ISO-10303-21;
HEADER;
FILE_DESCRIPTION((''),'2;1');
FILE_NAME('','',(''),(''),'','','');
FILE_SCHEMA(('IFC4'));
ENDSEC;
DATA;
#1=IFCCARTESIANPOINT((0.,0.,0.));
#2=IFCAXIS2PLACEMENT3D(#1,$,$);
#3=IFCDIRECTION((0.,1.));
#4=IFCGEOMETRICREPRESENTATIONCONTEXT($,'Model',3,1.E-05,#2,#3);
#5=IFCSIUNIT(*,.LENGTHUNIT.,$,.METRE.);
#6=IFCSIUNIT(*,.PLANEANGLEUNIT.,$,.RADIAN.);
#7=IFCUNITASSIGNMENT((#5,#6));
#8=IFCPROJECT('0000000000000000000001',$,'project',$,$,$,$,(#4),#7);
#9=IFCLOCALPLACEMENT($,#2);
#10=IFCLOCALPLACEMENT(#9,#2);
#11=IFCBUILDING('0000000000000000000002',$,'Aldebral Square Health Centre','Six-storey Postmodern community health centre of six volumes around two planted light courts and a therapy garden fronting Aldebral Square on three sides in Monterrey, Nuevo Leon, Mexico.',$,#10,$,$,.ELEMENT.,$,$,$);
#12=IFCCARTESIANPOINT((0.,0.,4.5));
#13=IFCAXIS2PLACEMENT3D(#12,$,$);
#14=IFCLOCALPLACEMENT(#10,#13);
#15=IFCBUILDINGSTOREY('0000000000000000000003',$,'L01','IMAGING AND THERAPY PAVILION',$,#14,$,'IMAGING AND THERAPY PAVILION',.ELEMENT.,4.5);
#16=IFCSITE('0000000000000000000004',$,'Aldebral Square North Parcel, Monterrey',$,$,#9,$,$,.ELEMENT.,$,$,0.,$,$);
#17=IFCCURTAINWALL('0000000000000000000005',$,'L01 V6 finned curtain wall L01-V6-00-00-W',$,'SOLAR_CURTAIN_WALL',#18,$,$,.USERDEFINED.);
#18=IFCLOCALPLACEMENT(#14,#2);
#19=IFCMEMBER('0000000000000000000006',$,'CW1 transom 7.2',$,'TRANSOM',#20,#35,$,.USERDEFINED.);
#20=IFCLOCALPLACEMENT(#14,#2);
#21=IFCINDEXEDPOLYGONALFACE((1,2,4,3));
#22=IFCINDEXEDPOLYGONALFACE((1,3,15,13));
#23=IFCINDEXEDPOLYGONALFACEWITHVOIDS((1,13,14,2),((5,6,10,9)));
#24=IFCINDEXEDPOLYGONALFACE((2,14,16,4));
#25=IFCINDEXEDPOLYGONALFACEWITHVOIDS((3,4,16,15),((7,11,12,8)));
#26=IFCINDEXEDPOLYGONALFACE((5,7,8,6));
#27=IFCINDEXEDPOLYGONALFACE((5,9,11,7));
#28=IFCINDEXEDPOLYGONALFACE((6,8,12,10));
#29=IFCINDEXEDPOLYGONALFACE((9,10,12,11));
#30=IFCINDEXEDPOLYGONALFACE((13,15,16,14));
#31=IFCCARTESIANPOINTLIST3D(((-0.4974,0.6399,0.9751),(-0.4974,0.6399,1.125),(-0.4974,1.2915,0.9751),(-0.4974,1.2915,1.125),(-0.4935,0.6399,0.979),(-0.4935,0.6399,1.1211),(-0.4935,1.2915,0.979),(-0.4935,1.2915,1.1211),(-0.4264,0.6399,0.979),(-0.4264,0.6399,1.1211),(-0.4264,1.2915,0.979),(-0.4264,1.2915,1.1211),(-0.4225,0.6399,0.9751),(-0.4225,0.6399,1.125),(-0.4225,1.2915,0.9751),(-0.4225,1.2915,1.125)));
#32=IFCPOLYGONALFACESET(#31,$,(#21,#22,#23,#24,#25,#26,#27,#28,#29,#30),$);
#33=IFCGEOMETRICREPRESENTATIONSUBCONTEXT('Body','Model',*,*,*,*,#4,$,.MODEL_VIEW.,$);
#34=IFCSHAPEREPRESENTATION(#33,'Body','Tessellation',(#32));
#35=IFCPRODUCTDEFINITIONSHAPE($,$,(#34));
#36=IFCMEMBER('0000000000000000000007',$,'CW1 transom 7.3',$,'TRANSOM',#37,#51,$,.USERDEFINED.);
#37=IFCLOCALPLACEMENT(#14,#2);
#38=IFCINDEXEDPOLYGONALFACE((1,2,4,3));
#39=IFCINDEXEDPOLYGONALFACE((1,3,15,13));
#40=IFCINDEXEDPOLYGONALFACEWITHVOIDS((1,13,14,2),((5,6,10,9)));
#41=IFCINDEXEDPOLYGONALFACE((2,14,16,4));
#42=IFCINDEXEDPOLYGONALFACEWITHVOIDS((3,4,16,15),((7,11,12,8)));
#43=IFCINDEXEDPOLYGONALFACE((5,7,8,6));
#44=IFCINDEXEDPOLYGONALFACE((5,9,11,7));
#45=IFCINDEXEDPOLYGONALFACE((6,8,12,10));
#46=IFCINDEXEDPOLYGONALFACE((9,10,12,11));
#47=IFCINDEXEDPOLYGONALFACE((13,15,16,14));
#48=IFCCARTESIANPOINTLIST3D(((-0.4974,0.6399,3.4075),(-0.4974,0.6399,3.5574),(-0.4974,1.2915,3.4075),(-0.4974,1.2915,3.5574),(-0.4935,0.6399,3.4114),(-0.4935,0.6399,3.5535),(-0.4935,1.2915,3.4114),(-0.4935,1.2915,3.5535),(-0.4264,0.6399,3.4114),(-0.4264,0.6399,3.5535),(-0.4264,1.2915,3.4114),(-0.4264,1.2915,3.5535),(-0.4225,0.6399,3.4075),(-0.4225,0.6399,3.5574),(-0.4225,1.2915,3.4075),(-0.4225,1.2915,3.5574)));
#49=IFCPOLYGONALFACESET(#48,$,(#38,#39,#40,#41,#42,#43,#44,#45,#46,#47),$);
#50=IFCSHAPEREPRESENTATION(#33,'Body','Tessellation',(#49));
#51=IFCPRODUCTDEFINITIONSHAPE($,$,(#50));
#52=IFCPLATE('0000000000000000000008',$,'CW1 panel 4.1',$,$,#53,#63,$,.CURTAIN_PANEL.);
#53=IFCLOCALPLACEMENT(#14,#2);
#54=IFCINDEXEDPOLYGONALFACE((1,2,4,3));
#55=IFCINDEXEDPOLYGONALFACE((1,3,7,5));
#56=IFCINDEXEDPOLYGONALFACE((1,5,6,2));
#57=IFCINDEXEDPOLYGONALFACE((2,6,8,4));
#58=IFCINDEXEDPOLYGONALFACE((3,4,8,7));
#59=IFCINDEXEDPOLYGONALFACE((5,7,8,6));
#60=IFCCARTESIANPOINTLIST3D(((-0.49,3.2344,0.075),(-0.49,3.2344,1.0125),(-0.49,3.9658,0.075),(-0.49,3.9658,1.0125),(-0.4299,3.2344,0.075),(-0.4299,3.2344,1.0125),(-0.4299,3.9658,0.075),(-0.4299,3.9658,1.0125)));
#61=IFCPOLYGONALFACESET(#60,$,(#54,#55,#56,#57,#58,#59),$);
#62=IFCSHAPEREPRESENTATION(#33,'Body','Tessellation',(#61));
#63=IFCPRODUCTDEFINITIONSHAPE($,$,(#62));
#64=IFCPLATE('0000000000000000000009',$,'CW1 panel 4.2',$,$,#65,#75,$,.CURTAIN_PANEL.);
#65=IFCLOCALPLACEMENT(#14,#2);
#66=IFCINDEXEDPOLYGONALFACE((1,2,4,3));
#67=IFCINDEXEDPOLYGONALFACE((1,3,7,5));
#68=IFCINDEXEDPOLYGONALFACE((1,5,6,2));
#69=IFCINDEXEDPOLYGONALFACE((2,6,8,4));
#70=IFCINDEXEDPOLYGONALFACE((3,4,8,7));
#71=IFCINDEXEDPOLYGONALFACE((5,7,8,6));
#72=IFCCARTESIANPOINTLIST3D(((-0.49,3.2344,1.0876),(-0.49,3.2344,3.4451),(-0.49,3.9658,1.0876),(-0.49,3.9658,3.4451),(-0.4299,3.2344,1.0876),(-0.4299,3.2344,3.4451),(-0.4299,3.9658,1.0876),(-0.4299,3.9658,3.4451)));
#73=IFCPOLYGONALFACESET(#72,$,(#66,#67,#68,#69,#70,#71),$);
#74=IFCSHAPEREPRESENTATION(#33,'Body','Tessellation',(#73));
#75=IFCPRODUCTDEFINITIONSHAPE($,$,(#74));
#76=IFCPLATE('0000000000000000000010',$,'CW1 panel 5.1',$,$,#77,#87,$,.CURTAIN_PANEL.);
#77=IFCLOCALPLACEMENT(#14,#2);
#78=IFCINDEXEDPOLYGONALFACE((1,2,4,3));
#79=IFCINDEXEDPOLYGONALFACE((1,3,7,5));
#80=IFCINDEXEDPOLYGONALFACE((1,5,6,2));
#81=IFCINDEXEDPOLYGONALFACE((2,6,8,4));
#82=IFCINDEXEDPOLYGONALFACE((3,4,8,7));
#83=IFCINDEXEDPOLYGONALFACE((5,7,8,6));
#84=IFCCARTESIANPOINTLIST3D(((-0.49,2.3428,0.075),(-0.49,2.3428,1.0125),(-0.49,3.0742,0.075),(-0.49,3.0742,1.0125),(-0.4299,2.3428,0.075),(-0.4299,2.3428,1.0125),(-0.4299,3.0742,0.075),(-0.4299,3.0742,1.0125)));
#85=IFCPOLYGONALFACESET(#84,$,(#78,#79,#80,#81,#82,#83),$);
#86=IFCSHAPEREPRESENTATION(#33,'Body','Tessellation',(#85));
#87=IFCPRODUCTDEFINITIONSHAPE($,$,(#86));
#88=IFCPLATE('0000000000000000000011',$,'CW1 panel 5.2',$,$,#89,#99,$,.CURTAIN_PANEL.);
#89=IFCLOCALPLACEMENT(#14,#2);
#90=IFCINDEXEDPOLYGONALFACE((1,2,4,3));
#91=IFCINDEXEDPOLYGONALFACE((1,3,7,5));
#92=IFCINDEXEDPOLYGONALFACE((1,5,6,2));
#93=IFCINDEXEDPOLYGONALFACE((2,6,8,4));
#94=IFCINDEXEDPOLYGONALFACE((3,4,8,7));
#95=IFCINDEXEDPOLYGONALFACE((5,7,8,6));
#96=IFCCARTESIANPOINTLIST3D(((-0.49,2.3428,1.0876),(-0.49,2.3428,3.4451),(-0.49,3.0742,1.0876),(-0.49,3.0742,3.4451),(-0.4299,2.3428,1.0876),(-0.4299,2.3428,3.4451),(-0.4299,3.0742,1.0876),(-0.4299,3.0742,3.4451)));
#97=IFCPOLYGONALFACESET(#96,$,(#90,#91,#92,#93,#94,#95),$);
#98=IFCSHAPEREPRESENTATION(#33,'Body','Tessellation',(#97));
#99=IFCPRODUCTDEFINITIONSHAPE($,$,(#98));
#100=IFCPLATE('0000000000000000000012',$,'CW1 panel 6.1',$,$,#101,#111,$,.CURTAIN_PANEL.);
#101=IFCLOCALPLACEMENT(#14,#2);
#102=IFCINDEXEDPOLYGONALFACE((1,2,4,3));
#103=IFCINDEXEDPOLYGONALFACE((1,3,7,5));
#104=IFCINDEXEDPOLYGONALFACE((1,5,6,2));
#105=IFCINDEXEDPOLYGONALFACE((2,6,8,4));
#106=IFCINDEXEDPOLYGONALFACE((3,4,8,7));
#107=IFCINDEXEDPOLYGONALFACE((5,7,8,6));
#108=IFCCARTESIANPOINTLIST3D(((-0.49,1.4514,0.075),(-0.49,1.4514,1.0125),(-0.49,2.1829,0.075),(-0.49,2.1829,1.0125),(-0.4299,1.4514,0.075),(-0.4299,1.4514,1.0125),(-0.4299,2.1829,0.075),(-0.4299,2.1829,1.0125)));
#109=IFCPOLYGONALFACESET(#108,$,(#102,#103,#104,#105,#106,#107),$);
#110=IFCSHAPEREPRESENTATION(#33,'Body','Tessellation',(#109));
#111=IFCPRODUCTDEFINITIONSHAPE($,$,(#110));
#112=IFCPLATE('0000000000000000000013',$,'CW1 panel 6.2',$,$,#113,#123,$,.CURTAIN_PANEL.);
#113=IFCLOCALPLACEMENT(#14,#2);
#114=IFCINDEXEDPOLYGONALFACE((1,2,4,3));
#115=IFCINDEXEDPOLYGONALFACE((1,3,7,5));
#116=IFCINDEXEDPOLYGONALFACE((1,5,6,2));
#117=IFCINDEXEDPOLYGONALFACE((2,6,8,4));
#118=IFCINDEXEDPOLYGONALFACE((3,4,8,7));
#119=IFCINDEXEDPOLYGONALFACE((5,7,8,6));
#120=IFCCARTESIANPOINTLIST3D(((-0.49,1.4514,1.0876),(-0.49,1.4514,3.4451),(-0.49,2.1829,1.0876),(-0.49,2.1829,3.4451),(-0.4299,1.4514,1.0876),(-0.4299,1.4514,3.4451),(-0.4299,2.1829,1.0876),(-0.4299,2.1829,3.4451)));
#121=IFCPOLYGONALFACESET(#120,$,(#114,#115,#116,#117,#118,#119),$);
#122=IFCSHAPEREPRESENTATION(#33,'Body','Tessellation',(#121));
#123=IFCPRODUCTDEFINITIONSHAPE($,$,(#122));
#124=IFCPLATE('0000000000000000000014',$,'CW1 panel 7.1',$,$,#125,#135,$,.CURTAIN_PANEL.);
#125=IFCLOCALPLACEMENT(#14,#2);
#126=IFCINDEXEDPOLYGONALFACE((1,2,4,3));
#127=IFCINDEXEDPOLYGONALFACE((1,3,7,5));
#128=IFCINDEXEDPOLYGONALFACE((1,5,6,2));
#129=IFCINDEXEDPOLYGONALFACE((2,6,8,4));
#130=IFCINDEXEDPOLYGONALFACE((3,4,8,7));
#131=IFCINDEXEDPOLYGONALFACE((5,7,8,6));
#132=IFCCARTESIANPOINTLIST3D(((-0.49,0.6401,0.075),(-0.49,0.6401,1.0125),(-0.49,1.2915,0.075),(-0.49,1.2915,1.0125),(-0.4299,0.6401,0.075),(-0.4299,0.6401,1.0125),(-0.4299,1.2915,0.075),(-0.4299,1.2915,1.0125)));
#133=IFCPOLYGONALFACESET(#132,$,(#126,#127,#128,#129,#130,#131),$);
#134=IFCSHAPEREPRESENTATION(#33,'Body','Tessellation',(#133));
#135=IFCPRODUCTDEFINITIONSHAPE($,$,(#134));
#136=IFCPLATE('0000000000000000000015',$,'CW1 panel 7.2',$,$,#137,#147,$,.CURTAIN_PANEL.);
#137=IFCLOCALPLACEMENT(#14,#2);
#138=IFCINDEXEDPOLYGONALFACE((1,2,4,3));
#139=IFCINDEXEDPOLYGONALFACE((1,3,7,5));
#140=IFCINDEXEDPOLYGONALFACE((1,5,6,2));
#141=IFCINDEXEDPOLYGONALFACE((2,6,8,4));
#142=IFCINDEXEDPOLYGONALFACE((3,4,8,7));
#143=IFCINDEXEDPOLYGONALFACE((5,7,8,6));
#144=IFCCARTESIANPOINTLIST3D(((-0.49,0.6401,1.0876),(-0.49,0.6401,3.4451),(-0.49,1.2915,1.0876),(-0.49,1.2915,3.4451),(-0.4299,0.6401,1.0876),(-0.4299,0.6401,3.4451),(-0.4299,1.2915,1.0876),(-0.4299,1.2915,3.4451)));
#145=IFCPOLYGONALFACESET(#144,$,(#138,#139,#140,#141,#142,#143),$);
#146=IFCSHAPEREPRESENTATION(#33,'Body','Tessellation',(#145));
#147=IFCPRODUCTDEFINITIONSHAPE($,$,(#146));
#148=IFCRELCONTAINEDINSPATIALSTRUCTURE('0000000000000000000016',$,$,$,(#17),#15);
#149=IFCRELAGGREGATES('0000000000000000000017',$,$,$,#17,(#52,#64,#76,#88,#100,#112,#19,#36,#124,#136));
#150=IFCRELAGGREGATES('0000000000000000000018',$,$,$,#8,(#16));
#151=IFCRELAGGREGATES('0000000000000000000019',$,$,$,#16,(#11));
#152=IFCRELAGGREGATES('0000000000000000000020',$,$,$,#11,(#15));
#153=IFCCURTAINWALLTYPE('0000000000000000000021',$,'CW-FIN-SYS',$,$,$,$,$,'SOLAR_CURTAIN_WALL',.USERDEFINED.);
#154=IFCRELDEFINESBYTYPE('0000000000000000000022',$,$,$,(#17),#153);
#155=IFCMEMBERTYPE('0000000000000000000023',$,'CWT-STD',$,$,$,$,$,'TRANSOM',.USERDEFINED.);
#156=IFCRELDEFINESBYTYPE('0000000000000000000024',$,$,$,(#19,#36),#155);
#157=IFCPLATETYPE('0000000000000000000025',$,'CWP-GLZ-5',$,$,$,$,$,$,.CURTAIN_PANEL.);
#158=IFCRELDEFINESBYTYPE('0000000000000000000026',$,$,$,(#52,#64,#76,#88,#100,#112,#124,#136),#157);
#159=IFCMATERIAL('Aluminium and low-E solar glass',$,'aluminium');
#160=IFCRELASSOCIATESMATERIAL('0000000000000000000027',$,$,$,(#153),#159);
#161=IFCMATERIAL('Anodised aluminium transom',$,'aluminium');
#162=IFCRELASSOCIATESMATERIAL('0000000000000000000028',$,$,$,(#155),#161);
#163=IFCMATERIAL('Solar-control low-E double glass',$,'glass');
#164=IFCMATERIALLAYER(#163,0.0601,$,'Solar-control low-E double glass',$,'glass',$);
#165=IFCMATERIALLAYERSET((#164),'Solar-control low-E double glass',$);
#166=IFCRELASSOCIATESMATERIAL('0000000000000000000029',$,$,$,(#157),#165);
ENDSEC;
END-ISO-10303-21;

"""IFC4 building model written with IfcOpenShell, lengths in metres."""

from ifc_helpers import new_model, si_unit, direction, frame, origin, origin_2d, place, context, subcontext, project, spatial, rectangle, hollow_rectangle, extrude, material, layer, layer_set, material_profile, profile_set, type_object, element, aggregate, save


model = new_model("IFC4")

# Units and contexts
model_context = context("Model", 3, precision=1e-05, world=origin(), true_north=direction((0.0, 1.0)))
body_context = subcontext(model_context, "Body", "Model", "MODEL_VIEW")
ifc_project = project(units=[si_unit("LENGTHUNIT", "METRE"), si_unit("PLANEANGLEUNIT", "RADIAN")], contexts=[model_context])

# Site, building, storey
site_placement = place(None, origin())
site = spatial("IfcSite", under=ifc_project, at=site_placement, Name="Aldebral Square North Parcel, Monterrey", CompositionType="ELEMENT", RefElevation=0.0)
building_placement = place(site_placement, origin())
building = spatial("IfcBuilding", under=site, at=building_placement, Name="Aldebral Square Health Centre", Description="Six-storey Postmodern community health centre of six volumes around two planted light courts and a therapy garden fronting Aldebral Square on three sides in Monterrey, Nuevo Leon, Mexico.", CompositionType="ELEMENT")
storey_placement = place(building_placement, frame((0.0, 0.0, 4.5)))
storey = spatial("IfcBuildingStorey", under=building, at=storey_placement, Name="L01", Description="IMAGING AND THERAPY PAVILION", LongName="IMAGING AND THERAPY PAVILION", CompositionType="ELEMENT", Elevation=4.5)

# Curtain wall, members, plates
ifc_material_1 = material(Name="Aluminium and low-E solar glass", Category="aluminium")
curtain_wall_type = type_object("IfcCurtainWallType", Name="CW-FIN-SYS", ElementType="SOLAR_CURTAIN_WALL", PredefinedType="USERDEFINED", material=ifc_material_1)
curtain_wall_placement = place(storey_placement, origin())
curtain_wall = element("IfcCurtainWall", 1, at=curtain_wall_placement, inside=storey, type_object=curtain_wall_type, Name="L01 V6 finned curtain wall L01-V6-00-00-W", ObjectType="SOLAR_CURTAIN_WALL", PredefinedType="USERDEFINED")
ifc_material_2 = material(Name="Anodised aluminium transom", Category="aluminium")
ifc_material_profile_1 = material_profile(ifc_material_2, hollow_rectangle(XDim=0.075, YDim=0.1499, WallThickness=0.0039, at=origin_2d()), Name="CWT 75x150x4")
ifc_profile_set_1 = profile_set([ifc_material_profile_1], Name="Anodised aluminium transom")
member_type_1 = type_object("IfcMemberType", Name="CWT-STD", ElementType="TRANSOM", PredefinedType="USERDEFINED", material=ifc_profile_set_1)
member_1_placement = place(storey_placement, frame((-0.46, 1.2915, 1.05), z_axis=(0.0, -1.0, 0.0), x_axis=(1.0, 0.0, 0.0)))
member_1 = element("IfcMember", 2, at=member_1_placement, type_object=member_type_1, Name="CW1 transom 7.2", ObjectType="TRANSOM", PredefinedType="USERDEFINED", context=body_context, shape_type="SweptSolid", body=[
    extrude(hollow_rectangle(XDim=0.075, YDim=0.1499, WallThickness=0.0039, at=origin_2d()), origin(), (0.0, 0.0, 1.0), 0.6516),
])
member_2_placement = place(storey_placement, frame((-0.46, 1.2915, 3.4824), z_axis=(0.0, -1.0, 0.0), x_axis=(1.0, 0.0, 0.0)))
member_2 = element("IfcMember", 3, at=member_2_placement, type_object=member_type_1, Name="CW1 transom 7.3", ObjectType="TRANSOM", PredefinedType="USERDEFINED", context=body_context, shape_type="SweptSolid", body=[
    extrude(hollow_rectangle(XDim=0.075, YDim=0.1499, WallThickness=0.0039, at=origin_2d()), origin(), (0.0, 0.0, 1.0), 0.6516),
])
ifc_material_3 = material(Name="Solar-control low-E double glass", Category="glass")
ifc_layer = layer(ifc_material_3, 0.0601, Name="Solar-control low-E double glass", Category="glass")
ifc_layer_set = layer_set([ifc_layer], Name="Solar-control low-E double glass")
plate_type = type_object("IfcPlateType", Name="CWP-GLZ-5", PredefinedType="CURTAIN_PANEL", material=ifc_layer_set)
plate_1_placement = place(storey_placement, frame((-0.46, 3.6001, 0.075), z_axis=(0.0, 0.0, 1.0), x_axis=(0.0, -1.0, 0.0)))
plate_1 = element("IfcPlate", 4, at=plate_1_placement, type_object=plate_type, Name="CW1 panel 4.1", PredefinedType="CURTAIN_PANEL", context=body_context, shape_type="SweptSolid", body=[
    extrude(rectangle(XDim=0.7314, YDim=0.0601, at=origin_2d()), origin(), (0.0, 0.0, 1.0), 0.9375),
])
plate_2_placement = place(storey_placement, frame((-0.46, 3.6001, 1.0876), z_axis=(0.0, 0.0, 1.0), x_axis=(0.0, -1.0, 0.0)))
plate_2 = element("IfcPlate", 5, at=plate_2_placement, type_object=plate_type, Name="CW1 panel 4.2", PredefinedType="CURTAIN_PANEL", context=body_context, shape_type="SweptSolid", body=[
    extrude(rectangle(XDim=0.7314, YDim=0.0601, at=origin_2d()), origin(), (0.0, 0.0, 1.0), 2.3574),
])
plate_3_placement = place(storey_placement, frame((-0.46, 2.7085, 0.075), z_axis=(0.0, 0.0, 1.0), x_axis=(0.0, -1.0, 0.0)))
plate_3 = element("IfcPlate", 6, at=plate_3_placement, type_object=plate_type, Name="CW1 panel 5.1", PredefinedType="CURTAIN_PANEL", context=body_context, shape_type="SweptSolid", body=[
    extrude(rectangle(XDim=0.7314, YDim=0.0601, at=origin_2d()), origin(), (0.0, 0.0, 1.0), 0.9375),
])
plate_4_placement = place(storey_placement, frame((-0.46, 2.7085, 1.0876), z_axis=(0.0, 0.0, 1.0), x_axis=(0.0, -1.0, 0.0)))
plate_4 = element("IfcPlate", 7, at=plate_4_placement, type_object=plate_type, Name="CW1 panel 5.2", PredefinedType="CURTAIN_PANEL", context=body_context, shape_type="SweptSolid", body=[
    extrude(rectangle(XDim=0.7314, YDim=0.0601, at=origin_2d()), origin(), (0.0, 0.0, 1.0), 2.3574),
])
plate_5_placement = place(storey_placement, frame((-0.46, 1.8171, 0.075), z_axis=(0.0, 0.0, 1.0), x_axis=(0.0, -1.0, 0.0)))
plate_5 = element("IfcPlate", 8, at=plate_5_placement, type_object=plate_type, Name="CW1 panel 6.1", PredefinedType="CURTAIN_PANEL", context=body_context, shape_type="SweptSolid", body=[
    extrude(rectangle(XDim=0.7314, YDim=0.0601, at=origin_2d()), origin(), (0.0, 0.0, 1.0), 0.9375),
])
plate_6_placement = place(storey_placement, frame((-0.46, 1.8171, 1.0876), z_axis=(0.0, 0.0, 1.0), x_axis=(0.0, -1.0, 0.0)))
plate_6 = element("IfcPlate", 9, at=plate_6_placement, type_object=plate_type, Name="CW1 panel 6.2", PredefinedType="CURTAIN_PANEL", context=body_context, shape_type="SweptSolid", body=[
    extrude(rectangle(XDim=0.7314, YDim=0.0601, at=origin_2d()), origin(), (0.0, 0.0, 1.0), 2.3574),
])
plate_7_placement = place(storey_placement, frame((-0.46, 0.9658, 0.075), z_axis=(0.0, 0.0, 1.0), x_axis=(0.0, -1.0, 0.0)))
plate_7 = element("IfcPlate", 10, at=plate_7_placement, type_object=plate_type, Name="CW1 panel 7.1", PredefinedType="CURTAIN_PANEL", context=body_context, shape_type="SweptSolid", body=[
    extrude(rectangle(XDim=0.6514, YDim=0.0601, at=origin_2d()), origin(), (0.0, 0.0, 1.0), 0.9375),
])
plate_8_placement = place(storey_placement, frame((-0.46, 0.9658, 1.0876), z_axis=(0.0, 0.0, 1.0), x_axis=(0.0, -1.0, 0.0)))
plate_8 = element("IfcPlate", 11, at=plate_8_placement, type_object=plate_type, Name="CW1 panel 7.2", PredefinedType="CURTAIN_PANEL", context=body_context, shape_type="SweptSolid", body=[
    extrude(rectangle(XDim=0.6514, YDim=0.0601, at=origin_2d()), origin(), (0.0, 0.0, 1.0), 2.3574),
])
aggregate(curtain_wall, [plate_1, plate_2, plate_3, plate_4, plate_5, plate_6, member_1, member_2, plate_7, plate_8])

save(model, "model.ifc")
